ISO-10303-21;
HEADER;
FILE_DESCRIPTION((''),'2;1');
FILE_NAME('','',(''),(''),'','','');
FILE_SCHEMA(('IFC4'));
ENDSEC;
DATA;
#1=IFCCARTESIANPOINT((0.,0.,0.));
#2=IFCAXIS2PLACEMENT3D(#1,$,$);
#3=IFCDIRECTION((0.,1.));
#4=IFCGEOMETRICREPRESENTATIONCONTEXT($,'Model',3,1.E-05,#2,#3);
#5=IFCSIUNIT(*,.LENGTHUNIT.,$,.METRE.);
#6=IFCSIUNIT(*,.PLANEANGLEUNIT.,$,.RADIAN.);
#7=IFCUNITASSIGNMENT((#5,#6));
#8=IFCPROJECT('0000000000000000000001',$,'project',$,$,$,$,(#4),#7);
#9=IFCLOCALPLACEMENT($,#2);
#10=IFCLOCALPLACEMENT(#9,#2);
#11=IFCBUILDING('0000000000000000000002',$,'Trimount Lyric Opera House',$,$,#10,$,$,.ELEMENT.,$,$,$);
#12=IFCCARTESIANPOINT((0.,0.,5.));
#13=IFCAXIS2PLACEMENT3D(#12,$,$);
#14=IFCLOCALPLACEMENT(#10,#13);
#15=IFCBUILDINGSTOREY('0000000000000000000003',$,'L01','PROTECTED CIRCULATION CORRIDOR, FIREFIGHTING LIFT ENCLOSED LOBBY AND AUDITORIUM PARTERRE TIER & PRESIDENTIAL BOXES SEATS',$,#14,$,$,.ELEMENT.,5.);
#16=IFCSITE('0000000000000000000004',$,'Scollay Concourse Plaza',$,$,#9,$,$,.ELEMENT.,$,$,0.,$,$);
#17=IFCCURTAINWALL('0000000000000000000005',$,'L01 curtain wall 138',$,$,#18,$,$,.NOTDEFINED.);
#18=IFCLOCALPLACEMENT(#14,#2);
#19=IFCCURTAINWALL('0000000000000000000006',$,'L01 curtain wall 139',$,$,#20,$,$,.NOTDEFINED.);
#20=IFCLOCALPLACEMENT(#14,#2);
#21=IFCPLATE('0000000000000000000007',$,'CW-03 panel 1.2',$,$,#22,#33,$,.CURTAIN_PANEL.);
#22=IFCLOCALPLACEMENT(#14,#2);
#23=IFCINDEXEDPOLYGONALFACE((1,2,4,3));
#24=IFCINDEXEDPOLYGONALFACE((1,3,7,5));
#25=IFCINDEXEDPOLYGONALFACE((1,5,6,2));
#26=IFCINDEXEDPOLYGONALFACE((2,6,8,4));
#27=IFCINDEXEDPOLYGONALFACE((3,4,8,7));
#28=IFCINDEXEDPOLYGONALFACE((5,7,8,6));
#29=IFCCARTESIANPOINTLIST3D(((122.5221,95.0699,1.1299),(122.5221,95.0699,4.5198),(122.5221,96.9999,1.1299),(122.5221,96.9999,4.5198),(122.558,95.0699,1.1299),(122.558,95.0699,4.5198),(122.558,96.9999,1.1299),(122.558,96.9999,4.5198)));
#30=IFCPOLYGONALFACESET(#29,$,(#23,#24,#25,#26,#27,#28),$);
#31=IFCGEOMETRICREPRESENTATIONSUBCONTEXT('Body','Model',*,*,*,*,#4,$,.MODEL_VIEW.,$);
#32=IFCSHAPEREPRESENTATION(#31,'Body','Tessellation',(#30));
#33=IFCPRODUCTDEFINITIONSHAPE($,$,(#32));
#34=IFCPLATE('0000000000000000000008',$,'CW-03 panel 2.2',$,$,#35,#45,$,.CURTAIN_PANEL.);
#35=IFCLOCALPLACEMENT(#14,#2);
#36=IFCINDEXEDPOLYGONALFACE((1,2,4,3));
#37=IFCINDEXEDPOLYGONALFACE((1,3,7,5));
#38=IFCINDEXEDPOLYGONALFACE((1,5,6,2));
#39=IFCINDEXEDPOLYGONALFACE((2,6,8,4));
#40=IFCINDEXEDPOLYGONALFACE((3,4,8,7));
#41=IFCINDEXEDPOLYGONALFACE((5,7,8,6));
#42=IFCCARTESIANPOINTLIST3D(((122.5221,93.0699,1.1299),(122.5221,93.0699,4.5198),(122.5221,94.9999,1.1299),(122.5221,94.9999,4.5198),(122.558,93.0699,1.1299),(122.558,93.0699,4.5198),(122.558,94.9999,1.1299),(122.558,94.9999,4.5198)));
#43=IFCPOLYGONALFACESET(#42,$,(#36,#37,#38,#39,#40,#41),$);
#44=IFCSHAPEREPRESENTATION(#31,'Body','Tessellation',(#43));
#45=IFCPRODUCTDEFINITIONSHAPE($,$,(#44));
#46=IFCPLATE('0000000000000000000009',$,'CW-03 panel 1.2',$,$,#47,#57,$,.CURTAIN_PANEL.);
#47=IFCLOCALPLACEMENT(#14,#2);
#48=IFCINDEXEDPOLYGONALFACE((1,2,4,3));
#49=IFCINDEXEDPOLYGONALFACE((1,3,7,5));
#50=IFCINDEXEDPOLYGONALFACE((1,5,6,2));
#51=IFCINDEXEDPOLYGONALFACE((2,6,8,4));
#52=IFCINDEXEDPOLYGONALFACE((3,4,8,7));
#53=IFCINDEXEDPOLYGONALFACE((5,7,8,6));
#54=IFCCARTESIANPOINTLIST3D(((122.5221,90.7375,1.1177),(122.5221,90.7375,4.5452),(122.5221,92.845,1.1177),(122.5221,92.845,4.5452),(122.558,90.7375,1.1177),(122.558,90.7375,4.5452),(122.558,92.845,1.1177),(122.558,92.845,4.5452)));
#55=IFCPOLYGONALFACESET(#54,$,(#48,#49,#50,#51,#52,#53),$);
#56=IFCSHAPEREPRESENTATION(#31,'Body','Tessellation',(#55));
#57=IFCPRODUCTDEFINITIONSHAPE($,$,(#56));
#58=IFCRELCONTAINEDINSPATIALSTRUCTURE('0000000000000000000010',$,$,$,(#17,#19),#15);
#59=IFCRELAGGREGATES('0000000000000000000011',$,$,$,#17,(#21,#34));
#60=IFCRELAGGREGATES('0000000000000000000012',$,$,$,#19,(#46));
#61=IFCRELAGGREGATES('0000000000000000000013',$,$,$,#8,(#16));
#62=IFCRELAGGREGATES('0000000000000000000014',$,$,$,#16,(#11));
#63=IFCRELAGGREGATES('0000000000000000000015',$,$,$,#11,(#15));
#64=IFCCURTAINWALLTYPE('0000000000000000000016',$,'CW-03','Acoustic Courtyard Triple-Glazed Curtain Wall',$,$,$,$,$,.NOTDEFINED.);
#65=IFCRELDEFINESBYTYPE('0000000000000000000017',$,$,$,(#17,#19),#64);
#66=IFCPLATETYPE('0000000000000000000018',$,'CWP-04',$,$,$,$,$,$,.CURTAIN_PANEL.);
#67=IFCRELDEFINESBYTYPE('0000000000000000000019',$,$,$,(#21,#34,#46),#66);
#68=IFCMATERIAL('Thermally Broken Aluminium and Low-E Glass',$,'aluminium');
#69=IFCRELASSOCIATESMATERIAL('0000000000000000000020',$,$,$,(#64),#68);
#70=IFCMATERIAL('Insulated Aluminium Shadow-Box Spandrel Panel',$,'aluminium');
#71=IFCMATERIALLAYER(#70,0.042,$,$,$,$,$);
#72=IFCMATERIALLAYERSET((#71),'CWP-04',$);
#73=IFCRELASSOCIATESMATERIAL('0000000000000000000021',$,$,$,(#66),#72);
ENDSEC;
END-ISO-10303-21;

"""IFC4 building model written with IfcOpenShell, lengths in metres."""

from ifc_helpers import new_model, si_unit, direction, frame, origin, origin_2d, place, context, subcontext, project, spatial, rectangle, extrude, material, layer, layer_set, type_object, element, aggregate, save


model = new_model("IFC4")

# Units and contexts
model_context = context("Model", 3, precision=1e-05, world=origin(), true_north=direction((0.0, 1.0)))
body_context = subcontext(model_context, "Body", "Model", "MODEL_VIEW")
ifc_project = project(units=[si_unit("LENGTHUNIT", "METRE"), si_unit("PLANEANGLEUNIT", "RADIAN")], contexts=[model_context])

# Site, building, storey
site_placement = place(None, origin())
site = spatial("IfcSite", under=ifc_project, at=site_placement, Name="Scollay Concourse Plaza", CompositionType="ELEMENT", RefElevation=0.0)
building_placement = place(site_placement, origin())
building = spatial("IfcBuilding", under=site, at=building_placement, Name="Trimount Lyric Opera House", CompositionType="ELEMENT")
storey_placement = place(building_placement, frame((0.0, 0.0, 5.0)))
storey = spatial("IfcBuildingStorey", under=building, at=storey_placement, Name="L01", Description="PROTECTED CIRCULATION CORRIDOR, FIREFIGHTING LIFT ENCLOSED LOBBY AND AUDITORIUM PARTERRE TIER & PRESIDENTIAL BOXES SEATS", CompositionType="ELEMENT", Elevation=5.0)

# Curtain wall
ifc_material_1 = material(Name="Thermally Broken Aluminium and Low-E Glass", Category="aluminium")
curtain_wall_type = type_object("IfcCurtainWallType", Name="CW-03", Description="Acoustic Courtyard Triple-Glazed Curtain Wall", PredefinedType="NOTDEFINED", material=ifc_material_1)
curtain_wall_1_placement = place(storey_placement, origin())
curtain_wall_1 = element("IfcCurtainWall", 1, at=curtain_wall_1_placement, inside=storey, type_object=curtain_wall_type, Name="L01 curtain wall 138", PredefinedType="NOTDEFINED")

# Curtain wall
curtain_wall_2_placement = place(storey_placement, origin())
curtain_wall_2 = element("IfcCurtainWall", 2, at=curtain_wall_2_placement, inside=storey, type_object=curtain_wall_type, Name="L01 curtain wall 139", PredefinedType="NOTDEFINED")

# Plates
ifc_material_2 = material(Name="Insulated Aluminium Shadow-Box Spandrel Panel", Category="aluminium")
ifc_layer_1 = layer(ifc_material_2, 0.042)
ifc_layer_set_1 = layer_set([ifc_layer_1], Name="CWP-04")
plate_type_1 = type_object("IfcPlateType", Name="CWP-04", PredefinedType="CURTAIN_PANEL", material=ifc_layer_set_1)
plate_1_placement = place(storey_placement, frame((122.54, 96.0349, 1.1299), z_axis=(0.0, 0.0, 1.0), x_axis=(0.0, -1.0, 0.0)))
plate_1 = element("IfcPlate", 3, at=plate_1_placement, type_object=plate_type_1, Name="CW-03 panel 1.2", PredefinedType="CURTAIN_PANEL", context=body_context, shape_type="SweptSolid", body=[
    extrude(rectangle(XDim=1.9299, YDim=0.0359, at=origin_2d()), origin(), (0.0, 0.0, 1.0), 3.3899),
])
plate_2_placement = place(storey_placement, frame((122.54, 94.0349, 1.1299), z_axis=(0.0, 0.0, 1.0), x_axis=(0.0, -1.0, 0.0)))
plate_2 = element("IfcPlate", 4, at=plate_2_placement, type_object=plate_type_1, Name="CW-03 panel 2.2", PredefinedType="CURTAIN_PANEL", context=body_context, shape_type="SweptSolid", body=[
    extrude(rectangle(XDim=1.9299, YDim=0.0359, at=origin_2d()), origin(), (0.0, 0.0, 1.0), 3.3899),
])
aggregate(curtain_wall_1, [plate_1, plate_2])
plate_3_placement = place(storey_placement, frame((122.54, 91.7913, 1.1177), z_axis=(0.0, 0.0, 1.0), x_axis=(0.0, -1.0, 0.0)))
plate_3 = element("IfcPlate", 5, at=plate_3_placement, type_object=plate_type_1, Name="CW-03 panel 1.2", PredefinedType="CURTAIN_PANEL", context=body_context, shape_type="SweptSolid", body=[
    extrude(rectangle(XDim=2.1074, YDim=0.0359, at=origin_2d()), origin(), (0.0, 0.0, 1.0), 3.4275),
])
aggregate(curtain_wall_2, [plate_3])

save(model, "model.ifc")
